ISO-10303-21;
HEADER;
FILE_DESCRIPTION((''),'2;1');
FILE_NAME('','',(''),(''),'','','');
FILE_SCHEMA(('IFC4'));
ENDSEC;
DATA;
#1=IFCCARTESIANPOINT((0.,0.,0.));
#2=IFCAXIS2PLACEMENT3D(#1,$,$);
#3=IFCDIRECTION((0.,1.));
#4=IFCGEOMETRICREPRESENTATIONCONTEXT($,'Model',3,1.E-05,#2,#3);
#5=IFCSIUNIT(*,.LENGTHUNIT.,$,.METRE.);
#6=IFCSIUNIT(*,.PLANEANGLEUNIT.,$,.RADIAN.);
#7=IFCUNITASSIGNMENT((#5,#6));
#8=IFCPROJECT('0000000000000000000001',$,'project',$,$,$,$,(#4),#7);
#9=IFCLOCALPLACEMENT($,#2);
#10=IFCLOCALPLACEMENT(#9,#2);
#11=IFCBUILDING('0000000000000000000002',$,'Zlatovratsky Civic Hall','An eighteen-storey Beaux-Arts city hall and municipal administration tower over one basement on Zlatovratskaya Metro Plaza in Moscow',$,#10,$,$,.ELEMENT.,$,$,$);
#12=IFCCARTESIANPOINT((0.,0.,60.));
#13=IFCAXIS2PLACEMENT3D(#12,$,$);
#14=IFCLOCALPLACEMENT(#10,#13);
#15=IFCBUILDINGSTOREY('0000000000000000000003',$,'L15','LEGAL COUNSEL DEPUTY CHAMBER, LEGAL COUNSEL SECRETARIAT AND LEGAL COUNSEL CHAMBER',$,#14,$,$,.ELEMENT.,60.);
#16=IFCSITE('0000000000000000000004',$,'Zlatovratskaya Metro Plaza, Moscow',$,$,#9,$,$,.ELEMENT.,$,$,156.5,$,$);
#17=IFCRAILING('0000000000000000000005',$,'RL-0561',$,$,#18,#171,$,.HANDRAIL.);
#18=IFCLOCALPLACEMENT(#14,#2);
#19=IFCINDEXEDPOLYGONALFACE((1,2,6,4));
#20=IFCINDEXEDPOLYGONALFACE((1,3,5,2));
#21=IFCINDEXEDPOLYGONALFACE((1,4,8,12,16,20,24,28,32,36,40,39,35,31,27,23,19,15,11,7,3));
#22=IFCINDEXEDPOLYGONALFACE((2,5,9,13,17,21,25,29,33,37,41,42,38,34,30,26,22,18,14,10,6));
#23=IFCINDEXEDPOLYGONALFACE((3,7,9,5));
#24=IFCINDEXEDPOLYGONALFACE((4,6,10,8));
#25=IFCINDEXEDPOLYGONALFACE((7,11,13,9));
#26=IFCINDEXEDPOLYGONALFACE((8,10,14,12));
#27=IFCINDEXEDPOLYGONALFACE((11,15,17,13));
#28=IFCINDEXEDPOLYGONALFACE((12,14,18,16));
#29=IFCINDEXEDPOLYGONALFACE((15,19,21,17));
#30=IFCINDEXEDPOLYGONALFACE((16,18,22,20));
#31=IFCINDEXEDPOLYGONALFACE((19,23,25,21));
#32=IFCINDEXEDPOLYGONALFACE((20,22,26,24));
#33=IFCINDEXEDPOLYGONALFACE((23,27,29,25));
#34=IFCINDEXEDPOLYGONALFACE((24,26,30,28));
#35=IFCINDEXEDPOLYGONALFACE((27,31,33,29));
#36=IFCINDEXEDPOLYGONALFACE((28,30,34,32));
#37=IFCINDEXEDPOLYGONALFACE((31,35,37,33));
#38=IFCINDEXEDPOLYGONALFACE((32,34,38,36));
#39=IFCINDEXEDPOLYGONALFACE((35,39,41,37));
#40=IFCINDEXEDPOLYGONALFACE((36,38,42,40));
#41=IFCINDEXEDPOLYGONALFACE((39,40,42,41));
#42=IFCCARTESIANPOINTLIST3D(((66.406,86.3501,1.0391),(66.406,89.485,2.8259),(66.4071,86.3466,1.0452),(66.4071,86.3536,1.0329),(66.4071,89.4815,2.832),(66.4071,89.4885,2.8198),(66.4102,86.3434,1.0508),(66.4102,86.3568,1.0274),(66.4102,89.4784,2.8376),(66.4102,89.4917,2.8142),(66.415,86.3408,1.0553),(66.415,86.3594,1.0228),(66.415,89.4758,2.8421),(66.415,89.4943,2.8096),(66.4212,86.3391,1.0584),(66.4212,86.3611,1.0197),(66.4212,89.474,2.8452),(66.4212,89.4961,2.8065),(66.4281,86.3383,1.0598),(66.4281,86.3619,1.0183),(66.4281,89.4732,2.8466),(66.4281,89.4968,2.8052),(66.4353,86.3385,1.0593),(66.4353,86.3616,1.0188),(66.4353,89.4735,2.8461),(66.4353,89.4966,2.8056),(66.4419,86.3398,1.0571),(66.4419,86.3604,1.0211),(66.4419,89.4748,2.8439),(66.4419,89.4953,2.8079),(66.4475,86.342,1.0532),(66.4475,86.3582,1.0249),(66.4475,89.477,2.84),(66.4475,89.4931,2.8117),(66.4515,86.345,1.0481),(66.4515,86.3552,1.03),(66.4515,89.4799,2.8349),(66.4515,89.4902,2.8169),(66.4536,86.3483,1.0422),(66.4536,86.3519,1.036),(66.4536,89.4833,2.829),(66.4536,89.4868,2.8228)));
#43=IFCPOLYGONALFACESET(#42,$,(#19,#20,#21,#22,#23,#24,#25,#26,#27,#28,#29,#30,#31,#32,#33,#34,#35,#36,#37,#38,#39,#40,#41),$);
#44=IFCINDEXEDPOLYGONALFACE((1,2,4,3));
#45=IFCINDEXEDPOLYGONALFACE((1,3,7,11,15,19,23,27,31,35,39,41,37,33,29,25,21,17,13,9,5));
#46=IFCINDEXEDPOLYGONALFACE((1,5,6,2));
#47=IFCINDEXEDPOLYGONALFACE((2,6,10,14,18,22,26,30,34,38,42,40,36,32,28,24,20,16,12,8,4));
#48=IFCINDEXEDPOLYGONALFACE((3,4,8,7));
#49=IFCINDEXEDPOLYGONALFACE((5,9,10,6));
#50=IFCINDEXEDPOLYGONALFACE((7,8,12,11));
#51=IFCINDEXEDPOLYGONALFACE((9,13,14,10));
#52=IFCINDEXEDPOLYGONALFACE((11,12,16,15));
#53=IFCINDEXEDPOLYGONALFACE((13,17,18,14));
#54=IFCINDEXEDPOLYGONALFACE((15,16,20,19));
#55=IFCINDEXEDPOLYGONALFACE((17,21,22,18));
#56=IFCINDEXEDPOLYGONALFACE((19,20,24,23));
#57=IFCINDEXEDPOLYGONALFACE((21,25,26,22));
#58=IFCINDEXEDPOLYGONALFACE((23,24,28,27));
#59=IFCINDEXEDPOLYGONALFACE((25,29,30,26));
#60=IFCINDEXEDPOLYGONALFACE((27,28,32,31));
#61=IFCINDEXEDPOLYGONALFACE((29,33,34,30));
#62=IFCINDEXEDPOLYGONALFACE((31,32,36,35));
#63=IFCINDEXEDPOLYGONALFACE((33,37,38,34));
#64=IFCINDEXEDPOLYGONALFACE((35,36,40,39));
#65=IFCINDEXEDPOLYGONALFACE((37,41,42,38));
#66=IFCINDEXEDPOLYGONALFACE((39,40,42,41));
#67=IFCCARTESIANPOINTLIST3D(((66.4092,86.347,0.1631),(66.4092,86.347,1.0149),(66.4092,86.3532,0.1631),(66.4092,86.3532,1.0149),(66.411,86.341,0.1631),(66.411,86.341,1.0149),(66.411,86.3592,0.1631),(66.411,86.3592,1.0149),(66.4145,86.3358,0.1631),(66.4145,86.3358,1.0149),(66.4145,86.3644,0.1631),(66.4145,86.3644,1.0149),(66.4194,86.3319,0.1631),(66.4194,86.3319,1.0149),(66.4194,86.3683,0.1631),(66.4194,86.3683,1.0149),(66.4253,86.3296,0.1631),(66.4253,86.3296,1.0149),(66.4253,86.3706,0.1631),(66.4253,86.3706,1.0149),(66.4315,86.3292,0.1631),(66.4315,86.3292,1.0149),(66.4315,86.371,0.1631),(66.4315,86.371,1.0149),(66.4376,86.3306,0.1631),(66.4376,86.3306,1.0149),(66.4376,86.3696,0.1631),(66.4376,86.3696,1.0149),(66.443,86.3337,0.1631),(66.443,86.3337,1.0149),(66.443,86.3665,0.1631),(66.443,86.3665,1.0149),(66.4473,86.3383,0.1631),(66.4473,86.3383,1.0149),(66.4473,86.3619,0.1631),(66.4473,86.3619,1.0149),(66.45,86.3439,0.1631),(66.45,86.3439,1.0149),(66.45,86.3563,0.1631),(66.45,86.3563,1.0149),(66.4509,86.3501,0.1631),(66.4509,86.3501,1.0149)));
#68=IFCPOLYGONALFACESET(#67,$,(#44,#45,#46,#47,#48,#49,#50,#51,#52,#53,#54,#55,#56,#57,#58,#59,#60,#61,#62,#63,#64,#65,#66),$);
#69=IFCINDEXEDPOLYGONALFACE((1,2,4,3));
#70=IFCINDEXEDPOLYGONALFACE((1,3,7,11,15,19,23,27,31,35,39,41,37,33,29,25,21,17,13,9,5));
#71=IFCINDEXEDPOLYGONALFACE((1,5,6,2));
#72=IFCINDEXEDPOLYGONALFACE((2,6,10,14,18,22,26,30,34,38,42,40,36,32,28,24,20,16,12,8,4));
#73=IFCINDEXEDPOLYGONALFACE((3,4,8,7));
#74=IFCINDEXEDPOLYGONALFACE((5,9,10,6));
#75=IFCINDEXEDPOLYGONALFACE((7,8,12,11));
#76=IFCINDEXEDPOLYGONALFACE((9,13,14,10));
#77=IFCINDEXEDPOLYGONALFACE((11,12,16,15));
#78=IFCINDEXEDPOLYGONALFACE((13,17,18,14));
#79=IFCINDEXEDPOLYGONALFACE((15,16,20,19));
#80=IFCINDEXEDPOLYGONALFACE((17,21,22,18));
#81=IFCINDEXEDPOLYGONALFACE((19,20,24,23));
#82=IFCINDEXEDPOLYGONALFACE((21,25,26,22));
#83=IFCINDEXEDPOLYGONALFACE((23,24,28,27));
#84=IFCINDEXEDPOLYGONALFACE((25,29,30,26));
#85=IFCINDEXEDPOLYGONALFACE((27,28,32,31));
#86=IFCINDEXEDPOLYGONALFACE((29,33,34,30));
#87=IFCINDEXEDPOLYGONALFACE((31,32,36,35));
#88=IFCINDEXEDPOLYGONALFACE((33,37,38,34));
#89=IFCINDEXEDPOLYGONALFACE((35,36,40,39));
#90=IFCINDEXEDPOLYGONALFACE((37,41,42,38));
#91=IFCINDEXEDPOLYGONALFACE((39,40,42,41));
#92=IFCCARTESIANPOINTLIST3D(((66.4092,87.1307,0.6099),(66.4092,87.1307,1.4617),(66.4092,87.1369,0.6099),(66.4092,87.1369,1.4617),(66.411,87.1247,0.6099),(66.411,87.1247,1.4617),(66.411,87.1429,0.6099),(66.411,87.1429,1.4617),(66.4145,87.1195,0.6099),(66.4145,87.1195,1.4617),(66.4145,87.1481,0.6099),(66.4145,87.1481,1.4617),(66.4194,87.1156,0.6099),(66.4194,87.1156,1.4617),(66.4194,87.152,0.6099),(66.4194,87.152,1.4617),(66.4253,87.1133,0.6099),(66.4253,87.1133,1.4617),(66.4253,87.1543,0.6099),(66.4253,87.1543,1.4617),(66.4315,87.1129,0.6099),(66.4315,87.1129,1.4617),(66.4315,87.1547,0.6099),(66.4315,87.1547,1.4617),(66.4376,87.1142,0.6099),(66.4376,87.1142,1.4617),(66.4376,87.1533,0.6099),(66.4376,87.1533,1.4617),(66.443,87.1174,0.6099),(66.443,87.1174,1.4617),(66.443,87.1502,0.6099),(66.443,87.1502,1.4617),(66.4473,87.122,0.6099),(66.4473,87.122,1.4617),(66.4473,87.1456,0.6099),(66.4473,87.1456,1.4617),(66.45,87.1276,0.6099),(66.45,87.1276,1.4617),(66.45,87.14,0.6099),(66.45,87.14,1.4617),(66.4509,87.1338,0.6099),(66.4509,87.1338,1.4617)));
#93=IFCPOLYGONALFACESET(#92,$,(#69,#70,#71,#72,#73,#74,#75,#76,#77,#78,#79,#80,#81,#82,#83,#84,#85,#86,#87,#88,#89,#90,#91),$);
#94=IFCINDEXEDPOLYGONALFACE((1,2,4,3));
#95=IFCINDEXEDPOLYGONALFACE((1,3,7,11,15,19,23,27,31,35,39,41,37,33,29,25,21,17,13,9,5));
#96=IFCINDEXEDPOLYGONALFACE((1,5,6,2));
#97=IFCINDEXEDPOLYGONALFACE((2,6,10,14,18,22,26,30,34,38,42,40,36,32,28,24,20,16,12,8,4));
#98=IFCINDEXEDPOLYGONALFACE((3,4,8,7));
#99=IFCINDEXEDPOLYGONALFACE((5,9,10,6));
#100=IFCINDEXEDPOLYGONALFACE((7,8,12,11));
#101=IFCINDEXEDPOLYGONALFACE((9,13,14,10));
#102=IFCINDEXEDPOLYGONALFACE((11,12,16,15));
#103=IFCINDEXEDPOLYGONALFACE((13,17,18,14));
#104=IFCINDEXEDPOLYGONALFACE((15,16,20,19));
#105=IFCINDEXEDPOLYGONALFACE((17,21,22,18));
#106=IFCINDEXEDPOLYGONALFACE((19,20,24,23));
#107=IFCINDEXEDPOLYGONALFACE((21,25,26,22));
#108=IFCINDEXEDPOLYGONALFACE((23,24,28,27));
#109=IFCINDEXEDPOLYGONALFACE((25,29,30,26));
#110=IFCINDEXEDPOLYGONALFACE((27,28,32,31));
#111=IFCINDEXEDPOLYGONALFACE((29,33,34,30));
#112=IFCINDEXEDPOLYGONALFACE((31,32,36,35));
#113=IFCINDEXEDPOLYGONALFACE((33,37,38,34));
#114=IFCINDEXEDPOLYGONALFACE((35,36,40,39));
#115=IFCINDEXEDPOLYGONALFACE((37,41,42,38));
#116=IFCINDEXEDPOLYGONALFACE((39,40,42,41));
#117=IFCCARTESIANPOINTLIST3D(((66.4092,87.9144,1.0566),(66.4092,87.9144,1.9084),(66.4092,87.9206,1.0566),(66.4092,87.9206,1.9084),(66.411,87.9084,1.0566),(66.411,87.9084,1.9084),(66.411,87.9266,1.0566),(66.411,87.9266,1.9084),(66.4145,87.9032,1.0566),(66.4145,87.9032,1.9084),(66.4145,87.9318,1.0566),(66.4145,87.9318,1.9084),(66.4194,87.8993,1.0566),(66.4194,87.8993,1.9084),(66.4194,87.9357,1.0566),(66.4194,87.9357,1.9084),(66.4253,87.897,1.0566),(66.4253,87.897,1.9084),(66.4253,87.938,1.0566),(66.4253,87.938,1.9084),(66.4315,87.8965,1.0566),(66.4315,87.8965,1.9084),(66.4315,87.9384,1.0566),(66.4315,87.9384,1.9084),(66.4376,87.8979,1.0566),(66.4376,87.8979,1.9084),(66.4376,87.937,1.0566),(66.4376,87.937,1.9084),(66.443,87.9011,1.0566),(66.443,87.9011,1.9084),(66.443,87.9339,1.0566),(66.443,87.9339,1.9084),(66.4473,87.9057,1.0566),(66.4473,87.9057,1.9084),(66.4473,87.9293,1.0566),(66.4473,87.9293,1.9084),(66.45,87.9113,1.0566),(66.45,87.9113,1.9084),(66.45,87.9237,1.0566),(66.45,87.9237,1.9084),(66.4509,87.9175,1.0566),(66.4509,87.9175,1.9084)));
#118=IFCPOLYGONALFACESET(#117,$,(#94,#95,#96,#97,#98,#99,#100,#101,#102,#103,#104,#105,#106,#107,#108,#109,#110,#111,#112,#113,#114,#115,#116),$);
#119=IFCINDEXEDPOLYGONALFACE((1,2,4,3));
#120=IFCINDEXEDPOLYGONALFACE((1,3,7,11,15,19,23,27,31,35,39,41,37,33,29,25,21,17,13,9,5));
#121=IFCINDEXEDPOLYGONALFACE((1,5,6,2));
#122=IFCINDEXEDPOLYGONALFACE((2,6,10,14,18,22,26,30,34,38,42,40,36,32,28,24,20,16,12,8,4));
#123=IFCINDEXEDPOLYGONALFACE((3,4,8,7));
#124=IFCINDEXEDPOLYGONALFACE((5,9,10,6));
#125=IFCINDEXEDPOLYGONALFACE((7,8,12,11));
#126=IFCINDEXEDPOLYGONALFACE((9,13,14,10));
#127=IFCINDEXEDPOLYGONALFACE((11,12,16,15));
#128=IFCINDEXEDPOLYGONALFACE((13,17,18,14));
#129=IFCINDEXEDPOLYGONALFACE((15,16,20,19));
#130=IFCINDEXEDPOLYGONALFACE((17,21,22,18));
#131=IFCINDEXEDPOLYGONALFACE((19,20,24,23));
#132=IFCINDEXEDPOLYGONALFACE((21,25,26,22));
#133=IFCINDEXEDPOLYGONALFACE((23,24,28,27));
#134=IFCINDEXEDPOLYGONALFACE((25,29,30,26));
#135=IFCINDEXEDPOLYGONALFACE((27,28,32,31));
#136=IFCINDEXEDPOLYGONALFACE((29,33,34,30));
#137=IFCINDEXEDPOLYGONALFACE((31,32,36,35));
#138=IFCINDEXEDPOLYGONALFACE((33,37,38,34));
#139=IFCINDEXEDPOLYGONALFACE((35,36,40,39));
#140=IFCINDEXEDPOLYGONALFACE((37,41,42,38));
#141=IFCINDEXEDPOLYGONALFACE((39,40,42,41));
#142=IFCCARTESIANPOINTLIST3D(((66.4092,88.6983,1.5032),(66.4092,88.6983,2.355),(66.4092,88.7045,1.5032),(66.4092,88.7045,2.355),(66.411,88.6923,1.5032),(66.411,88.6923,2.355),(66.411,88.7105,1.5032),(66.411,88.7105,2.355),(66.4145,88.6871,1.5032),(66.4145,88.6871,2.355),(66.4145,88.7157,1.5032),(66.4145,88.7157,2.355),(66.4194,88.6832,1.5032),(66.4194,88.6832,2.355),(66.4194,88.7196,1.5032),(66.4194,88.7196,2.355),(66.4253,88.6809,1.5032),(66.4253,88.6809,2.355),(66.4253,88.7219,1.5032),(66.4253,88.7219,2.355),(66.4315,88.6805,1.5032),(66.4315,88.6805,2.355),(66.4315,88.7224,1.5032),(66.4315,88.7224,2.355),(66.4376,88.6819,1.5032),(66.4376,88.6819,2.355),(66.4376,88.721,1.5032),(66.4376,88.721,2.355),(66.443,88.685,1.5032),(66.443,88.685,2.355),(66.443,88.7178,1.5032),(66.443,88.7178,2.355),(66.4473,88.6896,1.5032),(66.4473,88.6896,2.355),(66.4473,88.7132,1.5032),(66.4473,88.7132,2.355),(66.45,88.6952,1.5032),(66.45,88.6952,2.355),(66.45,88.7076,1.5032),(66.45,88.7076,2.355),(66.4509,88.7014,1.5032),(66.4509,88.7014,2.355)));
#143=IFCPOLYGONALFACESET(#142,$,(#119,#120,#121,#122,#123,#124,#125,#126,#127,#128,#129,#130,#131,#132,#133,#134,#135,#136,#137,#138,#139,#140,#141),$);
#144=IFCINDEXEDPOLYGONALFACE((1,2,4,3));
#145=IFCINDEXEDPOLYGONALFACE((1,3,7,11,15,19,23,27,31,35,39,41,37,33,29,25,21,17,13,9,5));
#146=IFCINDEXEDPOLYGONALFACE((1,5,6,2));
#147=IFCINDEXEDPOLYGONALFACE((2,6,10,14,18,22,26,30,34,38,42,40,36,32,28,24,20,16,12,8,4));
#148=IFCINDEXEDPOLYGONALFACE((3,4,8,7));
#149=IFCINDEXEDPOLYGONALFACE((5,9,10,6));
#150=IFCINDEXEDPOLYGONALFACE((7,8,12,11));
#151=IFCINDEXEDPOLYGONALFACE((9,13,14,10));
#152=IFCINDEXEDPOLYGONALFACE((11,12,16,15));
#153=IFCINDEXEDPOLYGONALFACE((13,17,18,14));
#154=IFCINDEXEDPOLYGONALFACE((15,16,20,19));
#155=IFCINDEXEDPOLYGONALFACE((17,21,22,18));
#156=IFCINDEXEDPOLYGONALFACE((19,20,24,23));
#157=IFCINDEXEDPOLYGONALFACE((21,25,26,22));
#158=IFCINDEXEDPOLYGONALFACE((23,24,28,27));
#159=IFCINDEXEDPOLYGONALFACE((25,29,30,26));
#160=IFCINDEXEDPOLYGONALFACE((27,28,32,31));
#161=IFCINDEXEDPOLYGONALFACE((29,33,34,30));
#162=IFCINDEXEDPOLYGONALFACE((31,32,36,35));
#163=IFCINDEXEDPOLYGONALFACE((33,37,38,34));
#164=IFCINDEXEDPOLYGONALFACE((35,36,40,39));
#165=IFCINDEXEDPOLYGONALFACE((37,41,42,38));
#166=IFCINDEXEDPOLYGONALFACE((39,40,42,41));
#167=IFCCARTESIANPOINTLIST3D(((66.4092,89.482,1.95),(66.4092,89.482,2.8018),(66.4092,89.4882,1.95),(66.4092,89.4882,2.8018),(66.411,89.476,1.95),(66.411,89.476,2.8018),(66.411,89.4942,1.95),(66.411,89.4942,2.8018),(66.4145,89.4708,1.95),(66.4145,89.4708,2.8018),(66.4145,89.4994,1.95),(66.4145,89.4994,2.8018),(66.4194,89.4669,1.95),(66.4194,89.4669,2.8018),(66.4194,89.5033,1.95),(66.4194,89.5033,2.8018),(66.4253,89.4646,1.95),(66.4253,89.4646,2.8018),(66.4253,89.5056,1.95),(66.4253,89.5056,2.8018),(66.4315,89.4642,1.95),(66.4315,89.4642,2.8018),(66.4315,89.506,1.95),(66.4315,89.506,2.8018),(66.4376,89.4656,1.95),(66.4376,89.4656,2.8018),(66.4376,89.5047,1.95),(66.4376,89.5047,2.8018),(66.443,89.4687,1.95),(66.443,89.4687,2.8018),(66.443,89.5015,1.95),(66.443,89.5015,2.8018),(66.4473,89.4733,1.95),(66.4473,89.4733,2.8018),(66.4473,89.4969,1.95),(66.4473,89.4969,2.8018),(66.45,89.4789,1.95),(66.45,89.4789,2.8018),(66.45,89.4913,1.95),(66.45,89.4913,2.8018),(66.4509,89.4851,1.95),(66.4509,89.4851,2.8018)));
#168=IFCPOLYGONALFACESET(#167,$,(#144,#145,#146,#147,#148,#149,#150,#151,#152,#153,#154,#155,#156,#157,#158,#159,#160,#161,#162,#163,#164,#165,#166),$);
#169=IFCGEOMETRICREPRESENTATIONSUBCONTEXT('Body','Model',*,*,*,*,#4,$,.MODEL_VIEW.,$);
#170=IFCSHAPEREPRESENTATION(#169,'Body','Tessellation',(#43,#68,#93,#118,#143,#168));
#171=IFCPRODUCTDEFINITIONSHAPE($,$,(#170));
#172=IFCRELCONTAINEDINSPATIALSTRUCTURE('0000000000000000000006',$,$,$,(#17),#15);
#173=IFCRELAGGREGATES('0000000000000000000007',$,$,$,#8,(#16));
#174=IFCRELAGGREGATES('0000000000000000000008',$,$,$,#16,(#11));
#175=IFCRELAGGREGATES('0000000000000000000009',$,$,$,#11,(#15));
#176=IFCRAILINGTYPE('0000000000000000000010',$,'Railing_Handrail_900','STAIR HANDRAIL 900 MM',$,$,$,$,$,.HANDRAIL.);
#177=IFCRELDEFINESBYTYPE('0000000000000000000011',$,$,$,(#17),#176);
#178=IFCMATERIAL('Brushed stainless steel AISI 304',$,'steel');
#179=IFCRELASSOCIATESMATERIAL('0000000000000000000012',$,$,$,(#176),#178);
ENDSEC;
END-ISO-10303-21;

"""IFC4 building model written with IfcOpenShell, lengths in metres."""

from ifc_helpers import new_model, si_unit, direction, frame, origin, origin_2d, place, context, subcontext, project, spatial, circle, extrude, material, type_object, element, save


model = new_model("IFC4")

# Units and contexts
model_context = context("Model", 3, precision=1e-05, world=origin(), true_north=direction((0.0, 1.0)))
body_context = subcontext(model_context, "Body", "Model", "MODEL_VIEW")
ifc_project = project(units=[si_unit("LENGTHUNIT", "METRE"), si_unit("PLANEANGLEUNIT", "RADIAN")], contexts=[model_context])

# Site, building, storey
site_placement = place(None, origin())
site = spatial("IfcSite", under=ifc_project, at=site_placement, Name="Zlatovratskaya Metro Plaza, Moscow", CompositionType="ELEMENT", RefElevation=156.5)
building_placement = place(site_placement, origin())
building = spatial("IfcBuilding", under=site, at=building_placement, Name="Zlatovratsky Civic Hall", Description="An eighteen-storey Beaux-Arts city hall and municipal administration tower over one basement on Zlatovratskaya Metro Plaza in Moscow", CompositionType="ELEMENT")
storey_placement = place(building_placement, frame((0.0, 0.0, 60.0)))
storey = spatial("IfcBuildingStorey", under=building, at=storey_placement, Name="L15", Description="LEGAL COUNSEL DEPUTY CHAMBER, LEGAL COUNSEL SECRETARIAT AND LEGAL COUNSEL CHAMBER", CompositionType="ELEMENT", Elevation=60.0)

# Railing
ifc_material_1 = material(Name="Brushed stainless steel AISI 304", Category="steel")
railing_type_1 = type_object("IfcRailingType", Name="Railing_Handrail_900", Description="STAIR HANDRAIL 900 MM", PredefinedType="HANDRAIL", material=ifc_material_1)
railing_1_placement = place(storey_placement, frame((66.4299, 86.3501, 0.1631)))
element("IfcRailing", 1, at=railing_1_placement, inside=storey, type_object=railing_type_1, Name="RL-0561", PredefinedType="HANDRAIL", context=body_context, shape_type="SweptSolid", body=[
    extrude(circle(Radius=0.0239, at=origin_2d()), frame((0.0, 0.0, 0.876), z_axis=(0.0, 0.868788, 0.495184), x_axis=(-1.0, 0.0, 0.0)), (0.0, 0.0, 1.0), 3.6084),
    extrude(circle(Radius=0.021, at=origin_2d()), origin(), (0.0, 0.0, 1.0), 0.8518),
    extrude(circle(Radius=0.021, at=origin_2d()), frame((0.0, 0.7837, 0.4468)), (0.0, 0.0, 1.0), 0.8518),
    extrude(circle(Radius=0.021, at=origin_2d()), frame((0.0, 1.5674, 0.8936)), (0.0, 0.0, 1.0), 0.8518),
    extrude(circle(Radius=0.021, at=origin_2d()), frame((0.0, 2.3513, 1.3401)), (0.0, 0.0, 1.0), 0.8518),
    extrude(circle(Radius=0.021, at=origin_2d()), frame((0.0, 3.135, 1.7869)), (0.0, 0.0, 1.0), 0.8518),
])

save(model, "model.ifc")
